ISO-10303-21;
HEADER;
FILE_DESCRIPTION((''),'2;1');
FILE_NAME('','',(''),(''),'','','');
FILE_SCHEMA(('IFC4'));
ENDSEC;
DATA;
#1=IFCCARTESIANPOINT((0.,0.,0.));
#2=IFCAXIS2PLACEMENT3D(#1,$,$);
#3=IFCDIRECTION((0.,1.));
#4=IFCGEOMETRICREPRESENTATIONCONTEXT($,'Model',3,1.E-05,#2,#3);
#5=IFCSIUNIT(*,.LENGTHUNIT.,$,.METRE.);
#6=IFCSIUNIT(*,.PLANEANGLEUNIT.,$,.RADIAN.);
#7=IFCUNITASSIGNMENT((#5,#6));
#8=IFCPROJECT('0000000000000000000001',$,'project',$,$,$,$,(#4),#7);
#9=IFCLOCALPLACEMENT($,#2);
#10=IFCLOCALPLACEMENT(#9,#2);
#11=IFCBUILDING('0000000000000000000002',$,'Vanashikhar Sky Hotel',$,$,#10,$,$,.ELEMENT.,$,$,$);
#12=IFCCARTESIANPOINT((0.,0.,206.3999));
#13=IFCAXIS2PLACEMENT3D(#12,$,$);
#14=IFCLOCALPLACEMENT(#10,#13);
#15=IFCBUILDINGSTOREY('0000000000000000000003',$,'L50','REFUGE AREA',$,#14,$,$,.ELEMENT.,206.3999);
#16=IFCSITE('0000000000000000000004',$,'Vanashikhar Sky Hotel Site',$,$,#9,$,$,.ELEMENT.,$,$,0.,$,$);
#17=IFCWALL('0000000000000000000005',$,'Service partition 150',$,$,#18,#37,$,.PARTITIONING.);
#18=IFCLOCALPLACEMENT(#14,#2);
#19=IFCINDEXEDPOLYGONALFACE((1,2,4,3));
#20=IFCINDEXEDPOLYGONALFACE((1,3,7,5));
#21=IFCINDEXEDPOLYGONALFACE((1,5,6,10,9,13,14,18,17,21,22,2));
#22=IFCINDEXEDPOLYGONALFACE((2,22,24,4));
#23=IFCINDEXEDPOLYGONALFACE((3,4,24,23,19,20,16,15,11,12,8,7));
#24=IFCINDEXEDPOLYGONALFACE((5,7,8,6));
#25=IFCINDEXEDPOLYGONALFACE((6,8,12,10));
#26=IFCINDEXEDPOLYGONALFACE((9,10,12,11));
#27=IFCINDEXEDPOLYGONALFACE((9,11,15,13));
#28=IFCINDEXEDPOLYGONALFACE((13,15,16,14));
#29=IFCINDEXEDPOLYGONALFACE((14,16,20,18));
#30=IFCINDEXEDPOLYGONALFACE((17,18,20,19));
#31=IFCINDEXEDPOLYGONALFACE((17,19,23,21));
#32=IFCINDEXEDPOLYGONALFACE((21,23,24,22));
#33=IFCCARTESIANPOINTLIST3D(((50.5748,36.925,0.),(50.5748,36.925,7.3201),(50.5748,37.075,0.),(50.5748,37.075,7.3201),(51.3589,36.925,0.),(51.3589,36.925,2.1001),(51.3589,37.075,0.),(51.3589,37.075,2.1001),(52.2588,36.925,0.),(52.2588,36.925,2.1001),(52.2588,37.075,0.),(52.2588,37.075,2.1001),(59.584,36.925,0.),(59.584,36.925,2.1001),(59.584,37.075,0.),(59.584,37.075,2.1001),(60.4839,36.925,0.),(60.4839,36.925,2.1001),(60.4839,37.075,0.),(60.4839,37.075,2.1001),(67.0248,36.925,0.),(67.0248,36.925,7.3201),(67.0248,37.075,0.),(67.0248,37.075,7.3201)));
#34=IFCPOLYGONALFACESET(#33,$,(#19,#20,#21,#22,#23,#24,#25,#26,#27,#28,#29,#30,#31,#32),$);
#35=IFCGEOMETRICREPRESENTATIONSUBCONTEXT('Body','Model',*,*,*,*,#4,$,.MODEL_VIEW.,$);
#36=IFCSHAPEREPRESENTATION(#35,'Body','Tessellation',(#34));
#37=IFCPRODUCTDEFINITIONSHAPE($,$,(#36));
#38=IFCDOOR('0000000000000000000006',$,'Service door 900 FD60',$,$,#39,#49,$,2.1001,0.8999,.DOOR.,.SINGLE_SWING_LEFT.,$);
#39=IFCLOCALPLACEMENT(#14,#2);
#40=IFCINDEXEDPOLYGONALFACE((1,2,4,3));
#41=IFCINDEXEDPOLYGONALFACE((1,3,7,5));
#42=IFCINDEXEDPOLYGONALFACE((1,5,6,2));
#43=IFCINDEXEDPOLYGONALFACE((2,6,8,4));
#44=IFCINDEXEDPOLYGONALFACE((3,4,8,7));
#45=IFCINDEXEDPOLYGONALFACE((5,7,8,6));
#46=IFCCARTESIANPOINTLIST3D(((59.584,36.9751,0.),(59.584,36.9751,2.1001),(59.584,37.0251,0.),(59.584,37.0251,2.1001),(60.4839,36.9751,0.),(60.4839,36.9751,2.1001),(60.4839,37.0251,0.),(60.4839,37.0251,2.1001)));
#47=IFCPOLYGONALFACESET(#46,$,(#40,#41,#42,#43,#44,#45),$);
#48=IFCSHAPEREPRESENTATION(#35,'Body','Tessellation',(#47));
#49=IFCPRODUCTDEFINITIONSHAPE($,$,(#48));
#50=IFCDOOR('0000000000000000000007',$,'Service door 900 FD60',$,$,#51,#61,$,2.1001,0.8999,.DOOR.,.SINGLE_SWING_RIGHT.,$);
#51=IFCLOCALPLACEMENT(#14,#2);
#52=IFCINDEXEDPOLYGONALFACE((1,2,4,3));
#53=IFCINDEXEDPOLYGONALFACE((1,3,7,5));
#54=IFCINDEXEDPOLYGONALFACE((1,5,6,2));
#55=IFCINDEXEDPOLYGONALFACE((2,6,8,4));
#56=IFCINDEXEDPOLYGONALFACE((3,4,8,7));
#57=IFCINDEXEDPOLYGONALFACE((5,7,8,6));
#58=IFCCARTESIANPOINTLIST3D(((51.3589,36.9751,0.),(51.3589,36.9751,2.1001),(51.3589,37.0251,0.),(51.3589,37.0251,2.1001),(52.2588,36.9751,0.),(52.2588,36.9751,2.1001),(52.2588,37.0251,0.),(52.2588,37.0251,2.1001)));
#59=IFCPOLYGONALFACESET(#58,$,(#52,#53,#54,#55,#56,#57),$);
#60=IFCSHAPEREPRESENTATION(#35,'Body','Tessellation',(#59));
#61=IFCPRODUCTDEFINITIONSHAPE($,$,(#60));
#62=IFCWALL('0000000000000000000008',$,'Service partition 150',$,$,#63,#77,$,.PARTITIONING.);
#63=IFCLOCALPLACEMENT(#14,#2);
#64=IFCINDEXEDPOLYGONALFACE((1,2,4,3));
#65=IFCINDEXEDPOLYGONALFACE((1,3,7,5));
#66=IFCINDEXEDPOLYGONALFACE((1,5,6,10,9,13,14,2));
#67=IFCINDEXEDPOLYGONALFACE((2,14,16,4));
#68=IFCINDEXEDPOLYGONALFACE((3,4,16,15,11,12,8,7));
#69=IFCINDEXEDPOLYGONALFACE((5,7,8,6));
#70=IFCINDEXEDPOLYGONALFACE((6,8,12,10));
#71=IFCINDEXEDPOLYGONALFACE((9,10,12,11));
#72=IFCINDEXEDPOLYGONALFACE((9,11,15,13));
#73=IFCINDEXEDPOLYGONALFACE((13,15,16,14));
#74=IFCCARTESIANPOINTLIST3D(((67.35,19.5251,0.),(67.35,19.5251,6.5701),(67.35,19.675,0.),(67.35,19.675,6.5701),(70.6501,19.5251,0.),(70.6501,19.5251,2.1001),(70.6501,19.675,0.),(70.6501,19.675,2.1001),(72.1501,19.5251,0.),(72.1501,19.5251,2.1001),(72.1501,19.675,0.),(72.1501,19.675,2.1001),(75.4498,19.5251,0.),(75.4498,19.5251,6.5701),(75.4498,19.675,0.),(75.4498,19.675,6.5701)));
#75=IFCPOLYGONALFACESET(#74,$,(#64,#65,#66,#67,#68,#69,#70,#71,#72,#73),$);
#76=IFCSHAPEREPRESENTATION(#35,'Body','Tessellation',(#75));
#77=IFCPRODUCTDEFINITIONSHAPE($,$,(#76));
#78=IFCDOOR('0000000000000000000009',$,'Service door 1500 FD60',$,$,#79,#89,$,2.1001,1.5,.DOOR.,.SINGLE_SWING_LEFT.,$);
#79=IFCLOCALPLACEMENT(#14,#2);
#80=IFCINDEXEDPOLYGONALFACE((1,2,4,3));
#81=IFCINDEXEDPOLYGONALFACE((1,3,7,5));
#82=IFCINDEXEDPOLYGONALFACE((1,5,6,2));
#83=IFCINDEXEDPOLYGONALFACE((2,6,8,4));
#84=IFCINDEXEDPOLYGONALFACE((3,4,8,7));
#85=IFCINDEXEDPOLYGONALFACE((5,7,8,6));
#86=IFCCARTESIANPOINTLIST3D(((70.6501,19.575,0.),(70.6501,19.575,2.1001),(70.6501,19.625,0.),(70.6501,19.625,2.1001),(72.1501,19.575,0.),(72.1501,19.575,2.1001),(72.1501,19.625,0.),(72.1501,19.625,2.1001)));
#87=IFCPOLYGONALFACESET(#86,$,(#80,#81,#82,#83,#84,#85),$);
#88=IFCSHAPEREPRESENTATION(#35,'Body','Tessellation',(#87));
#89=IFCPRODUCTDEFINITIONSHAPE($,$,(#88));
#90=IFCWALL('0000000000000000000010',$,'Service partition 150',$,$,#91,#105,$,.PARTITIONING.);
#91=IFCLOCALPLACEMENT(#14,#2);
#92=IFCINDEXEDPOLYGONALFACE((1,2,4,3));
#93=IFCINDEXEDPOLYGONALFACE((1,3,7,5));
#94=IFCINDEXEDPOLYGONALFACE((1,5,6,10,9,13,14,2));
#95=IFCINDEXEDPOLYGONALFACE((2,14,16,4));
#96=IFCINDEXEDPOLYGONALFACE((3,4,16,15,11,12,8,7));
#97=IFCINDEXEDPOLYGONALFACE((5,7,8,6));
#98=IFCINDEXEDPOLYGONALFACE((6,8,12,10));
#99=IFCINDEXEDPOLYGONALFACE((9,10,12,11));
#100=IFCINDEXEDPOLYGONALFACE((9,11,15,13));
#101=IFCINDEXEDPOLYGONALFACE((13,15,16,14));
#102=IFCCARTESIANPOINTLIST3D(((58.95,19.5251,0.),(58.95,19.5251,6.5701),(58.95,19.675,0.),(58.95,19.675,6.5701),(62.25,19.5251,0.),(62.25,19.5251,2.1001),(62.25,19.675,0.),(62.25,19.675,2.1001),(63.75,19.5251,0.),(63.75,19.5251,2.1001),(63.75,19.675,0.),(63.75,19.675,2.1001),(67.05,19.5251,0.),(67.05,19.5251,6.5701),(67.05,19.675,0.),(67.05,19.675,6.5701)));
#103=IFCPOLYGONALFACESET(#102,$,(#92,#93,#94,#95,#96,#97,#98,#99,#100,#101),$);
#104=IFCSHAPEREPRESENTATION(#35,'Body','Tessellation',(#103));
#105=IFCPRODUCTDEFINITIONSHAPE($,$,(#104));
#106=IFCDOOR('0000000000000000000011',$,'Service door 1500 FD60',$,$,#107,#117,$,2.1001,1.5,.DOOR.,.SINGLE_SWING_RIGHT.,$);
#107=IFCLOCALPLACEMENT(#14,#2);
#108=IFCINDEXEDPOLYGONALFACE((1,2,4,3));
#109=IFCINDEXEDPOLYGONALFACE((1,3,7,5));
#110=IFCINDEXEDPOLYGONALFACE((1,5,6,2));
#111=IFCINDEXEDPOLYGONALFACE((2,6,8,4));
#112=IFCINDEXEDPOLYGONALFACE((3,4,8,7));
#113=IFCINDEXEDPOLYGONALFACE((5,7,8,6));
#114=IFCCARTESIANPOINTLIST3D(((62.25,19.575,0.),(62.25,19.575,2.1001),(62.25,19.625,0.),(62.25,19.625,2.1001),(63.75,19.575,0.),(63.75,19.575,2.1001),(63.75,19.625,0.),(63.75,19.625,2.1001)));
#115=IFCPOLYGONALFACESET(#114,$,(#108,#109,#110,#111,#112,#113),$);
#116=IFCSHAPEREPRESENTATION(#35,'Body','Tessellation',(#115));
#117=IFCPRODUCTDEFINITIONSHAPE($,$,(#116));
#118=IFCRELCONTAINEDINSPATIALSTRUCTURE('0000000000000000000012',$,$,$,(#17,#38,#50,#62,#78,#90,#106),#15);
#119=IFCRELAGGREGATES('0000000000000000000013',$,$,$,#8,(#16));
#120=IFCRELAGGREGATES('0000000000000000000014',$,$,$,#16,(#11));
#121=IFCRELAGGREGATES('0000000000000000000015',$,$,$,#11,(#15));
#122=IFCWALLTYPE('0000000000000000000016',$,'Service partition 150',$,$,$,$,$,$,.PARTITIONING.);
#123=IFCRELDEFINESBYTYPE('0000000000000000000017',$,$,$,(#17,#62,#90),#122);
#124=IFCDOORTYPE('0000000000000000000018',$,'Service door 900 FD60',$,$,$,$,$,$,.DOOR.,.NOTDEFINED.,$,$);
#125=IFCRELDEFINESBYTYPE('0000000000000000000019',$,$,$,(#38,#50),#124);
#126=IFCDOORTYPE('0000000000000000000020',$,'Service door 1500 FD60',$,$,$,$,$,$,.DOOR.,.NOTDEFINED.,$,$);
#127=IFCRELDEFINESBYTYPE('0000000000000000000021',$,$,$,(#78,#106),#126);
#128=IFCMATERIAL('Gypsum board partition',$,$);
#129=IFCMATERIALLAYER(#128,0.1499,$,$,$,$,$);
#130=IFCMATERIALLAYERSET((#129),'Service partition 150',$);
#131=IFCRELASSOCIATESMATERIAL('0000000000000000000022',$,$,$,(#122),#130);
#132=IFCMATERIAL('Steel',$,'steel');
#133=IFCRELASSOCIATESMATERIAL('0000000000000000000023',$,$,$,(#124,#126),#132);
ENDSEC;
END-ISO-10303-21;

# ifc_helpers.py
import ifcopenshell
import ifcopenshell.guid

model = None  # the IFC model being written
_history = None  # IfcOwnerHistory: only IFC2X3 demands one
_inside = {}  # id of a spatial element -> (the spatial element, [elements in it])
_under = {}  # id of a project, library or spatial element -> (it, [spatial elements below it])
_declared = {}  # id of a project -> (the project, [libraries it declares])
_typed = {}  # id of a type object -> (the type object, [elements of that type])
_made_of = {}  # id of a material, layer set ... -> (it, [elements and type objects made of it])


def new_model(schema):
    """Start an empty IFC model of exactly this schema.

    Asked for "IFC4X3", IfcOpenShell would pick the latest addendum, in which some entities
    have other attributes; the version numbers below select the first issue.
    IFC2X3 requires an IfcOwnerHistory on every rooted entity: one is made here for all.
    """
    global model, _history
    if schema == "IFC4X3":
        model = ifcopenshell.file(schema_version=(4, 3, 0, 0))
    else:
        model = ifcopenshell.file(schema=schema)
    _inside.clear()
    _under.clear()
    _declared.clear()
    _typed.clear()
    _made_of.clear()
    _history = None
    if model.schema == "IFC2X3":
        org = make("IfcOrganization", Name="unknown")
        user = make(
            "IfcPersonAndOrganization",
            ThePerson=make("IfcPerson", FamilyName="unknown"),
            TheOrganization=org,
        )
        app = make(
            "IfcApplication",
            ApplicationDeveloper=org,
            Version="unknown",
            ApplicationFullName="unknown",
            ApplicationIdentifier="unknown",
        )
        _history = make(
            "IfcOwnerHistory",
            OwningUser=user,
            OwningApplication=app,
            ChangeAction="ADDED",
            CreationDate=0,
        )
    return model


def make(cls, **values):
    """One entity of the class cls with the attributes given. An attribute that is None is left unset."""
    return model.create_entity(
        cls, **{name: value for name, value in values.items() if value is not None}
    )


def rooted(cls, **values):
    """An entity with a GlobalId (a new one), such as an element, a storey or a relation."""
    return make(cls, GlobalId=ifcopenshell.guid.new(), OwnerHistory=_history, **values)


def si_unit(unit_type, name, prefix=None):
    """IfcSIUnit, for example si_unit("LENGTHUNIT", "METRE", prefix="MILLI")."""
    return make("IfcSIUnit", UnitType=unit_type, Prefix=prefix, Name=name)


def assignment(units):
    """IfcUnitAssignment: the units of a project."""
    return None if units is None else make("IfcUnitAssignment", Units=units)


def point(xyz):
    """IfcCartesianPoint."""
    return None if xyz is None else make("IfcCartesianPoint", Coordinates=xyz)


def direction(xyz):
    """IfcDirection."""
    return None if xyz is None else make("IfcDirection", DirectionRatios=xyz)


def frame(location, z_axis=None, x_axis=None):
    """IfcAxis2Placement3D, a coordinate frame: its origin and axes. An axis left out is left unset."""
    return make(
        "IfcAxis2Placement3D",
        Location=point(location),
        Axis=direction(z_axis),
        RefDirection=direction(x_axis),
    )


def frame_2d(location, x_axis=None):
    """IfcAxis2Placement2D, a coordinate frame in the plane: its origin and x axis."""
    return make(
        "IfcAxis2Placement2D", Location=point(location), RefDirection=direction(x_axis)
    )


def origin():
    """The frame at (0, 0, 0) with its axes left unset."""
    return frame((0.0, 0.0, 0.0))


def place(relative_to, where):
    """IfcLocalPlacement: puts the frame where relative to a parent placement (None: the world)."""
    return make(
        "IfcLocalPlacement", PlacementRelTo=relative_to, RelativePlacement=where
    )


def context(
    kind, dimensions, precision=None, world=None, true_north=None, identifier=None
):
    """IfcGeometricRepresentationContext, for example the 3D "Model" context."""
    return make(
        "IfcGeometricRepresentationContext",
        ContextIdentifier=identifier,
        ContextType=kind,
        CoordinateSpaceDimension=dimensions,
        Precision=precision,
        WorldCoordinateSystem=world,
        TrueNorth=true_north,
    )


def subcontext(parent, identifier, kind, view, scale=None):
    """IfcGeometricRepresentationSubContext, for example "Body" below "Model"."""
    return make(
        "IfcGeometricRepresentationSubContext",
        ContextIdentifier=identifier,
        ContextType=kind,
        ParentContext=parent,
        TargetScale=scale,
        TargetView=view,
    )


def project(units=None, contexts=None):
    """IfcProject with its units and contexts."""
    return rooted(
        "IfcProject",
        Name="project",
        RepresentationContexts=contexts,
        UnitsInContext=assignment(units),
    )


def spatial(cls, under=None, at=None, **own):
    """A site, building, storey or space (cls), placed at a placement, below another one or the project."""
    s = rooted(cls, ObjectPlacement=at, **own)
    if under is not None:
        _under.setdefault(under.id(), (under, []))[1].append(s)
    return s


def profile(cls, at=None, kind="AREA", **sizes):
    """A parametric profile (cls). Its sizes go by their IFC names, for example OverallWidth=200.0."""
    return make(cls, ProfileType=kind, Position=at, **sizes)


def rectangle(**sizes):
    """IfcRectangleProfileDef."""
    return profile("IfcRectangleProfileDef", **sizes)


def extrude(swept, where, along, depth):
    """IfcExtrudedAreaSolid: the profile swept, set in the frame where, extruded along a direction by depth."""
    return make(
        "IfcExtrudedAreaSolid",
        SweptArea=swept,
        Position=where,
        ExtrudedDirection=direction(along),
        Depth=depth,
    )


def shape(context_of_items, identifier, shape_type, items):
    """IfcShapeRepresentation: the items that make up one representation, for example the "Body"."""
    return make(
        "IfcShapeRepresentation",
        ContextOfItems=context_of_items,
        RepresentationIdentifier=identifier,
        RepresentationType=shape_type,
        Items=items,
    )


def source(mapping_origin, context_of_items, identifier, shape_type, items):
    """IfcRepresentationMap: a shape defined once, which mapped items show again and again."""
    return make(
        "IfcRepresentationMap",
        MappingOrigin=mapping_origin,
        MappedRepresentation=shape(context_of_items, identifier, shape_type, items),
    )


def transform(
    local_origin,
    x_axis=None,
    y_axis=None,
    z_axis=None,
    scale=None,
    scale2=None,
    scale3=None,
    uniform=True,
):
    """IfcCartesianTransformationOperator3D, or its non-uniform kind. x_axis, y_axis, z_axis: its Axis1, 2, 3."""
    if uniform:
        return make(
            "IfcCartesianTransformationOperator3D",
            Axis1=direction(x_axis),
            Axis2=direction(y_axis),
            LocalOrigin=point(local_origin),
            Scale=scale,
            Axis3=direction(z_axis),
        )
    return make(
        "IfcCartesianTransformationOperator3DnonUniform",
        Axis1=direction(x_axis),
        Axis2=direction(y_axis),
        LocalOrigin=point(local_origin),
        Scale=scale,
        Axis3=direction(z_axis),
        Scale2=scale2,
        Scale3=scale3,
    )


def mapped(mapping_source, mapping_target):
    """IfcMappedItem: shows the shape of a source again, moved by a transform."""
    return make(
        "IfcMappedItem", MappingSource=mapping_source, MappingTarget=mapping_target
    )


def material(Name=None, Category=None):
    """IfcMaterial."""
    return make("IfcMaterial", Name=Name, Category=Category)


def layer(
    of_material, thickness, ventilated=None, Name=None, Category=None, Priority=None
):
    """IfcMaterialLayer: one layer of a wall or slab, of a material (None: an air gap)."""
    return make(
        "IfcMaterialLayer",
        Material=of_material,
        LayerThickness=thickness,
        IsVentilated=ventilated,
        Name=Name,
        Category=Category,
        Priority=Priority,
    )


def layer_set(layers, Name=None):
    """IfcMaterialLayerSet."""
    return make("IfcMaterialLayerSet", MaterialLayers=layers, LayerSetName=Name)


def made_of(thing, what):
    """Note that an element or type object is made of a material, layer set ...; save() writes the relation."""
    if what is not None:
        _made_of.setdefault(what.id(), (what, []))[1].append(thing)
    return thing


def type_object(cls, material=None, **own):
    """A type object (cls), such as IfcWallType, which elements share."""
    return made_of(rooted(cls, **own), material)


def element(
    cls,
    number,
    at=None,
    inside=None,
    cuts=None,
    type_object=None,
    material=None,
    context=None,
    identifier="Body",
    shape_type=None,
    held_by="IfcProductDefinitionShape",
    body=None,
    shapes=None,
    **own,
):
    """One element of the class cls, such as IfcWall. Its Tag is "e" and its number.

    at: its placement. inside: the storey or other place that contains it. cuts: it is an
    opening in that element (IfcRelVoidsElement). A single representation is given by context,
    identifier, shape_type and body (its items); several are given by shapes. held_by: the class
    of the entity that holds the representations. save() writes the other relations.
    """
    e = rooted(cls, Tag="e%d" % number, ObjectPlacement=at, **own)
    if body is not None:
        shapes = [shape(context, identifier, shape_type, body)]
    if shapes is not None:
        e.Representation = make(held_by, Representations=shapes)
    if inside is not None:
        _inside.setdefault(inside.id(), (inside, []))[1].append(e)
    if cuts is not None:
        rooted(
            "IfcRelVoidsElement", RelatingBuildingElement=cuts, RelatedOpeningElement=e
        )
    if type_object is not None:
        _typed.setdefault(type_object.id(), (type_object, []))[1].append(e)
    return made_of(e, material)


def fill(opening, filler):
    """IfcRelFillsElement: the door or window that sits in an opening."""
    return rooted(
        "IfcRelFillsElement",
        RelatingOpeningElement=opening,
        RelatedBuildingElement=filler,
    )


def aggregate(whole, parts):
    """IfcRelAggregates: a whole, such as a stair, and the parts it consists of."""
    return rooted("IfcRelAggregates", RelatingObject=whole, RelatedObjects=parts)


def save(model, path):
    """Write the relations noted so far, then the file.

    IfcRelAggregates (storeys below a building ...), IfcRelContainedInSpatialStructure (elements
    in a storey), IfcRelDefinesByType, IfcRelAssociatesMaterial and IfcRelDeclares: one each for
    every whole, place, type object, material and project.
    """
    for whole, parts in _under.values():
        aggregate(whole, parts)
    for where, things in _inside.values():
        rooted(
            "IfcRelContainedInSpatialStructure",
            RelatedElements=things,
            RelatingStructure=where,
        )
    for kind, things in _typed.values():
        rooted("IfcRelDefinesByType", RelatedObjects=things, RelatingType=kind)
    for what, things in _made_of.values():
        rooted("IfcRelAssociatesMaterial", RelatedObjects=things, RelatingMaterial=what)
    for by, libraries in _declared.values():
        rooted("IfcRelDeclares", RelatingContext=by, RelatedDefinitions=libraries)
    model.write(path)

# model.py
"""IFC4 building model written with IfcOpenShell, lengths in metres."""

from ifc_helpers import new_model, si_unit, direction, frame, frame_2d, origin, place, context, subcontext, project, spatial, rectangle, extrude, source, transform, mapped, material, layer, layer_set, type_object, element, fill, save


model = new_model("IFC4")

# Units and contexts
model_context = context("Model", 3, precision=1e-05, world=origin(), true_north=direction((0.0, 1.0)))
body_context = subcontext(model_context, "Body", "Model", "MODEL_VIEW")
ifc_project = project(units=[si_unit("LENGTHUNIT", "METRE"), si_unit("PLANEANGLEUNIT", "RADIAN")], contexts=[model_context])

# Site, building, storey
site_placement = place(None, origin())
site = spatial("IfcSite", under=ifc_project, at=site_placement, Name="Vanashikhar Sky Hotel Site", CompositionType="ELEMENT", RefElevation=0.0)
building_placement = place(site_placement, origin())
building = spatial("IfcBuilding", under=site, at=building_placement, Name="Vanashikhar Sky Hotel", CompositionType="ELEMENT")
storey_placement = place(building_placement, frame((0.0, 0.0, 206.3999)))
storey = spatial("IfcBuildingStorey", under=building, at=storey_placement, Name="L50", Description="REFUGE AREA", CompositionType="ELEMENT", Elevation=206.3999)

# Shared definitions
ifc_material_1 = material(Name="Gypsum board partition")
ifc_layer_1 = layer(ifc_material_1, 0.1499)
ifc_layer_set_1 = layer_set([ifc_layer_1], Name="Service partition 150")
wall_type_1 = type_object("IfcWallType", Name="Service partition 150", PredefinedType="PARTITIONING", material=ifc_layer_set_1)

# Wall, openings, doors
shared_shape_1 = source(origin(), body_context, "Body", "SweptSolid", [
    extrude(rectangle(XDim=0.8999, YDim=2.1001, at=frame_2d((0.45, 1.05))), frame((0.0, 0.085, 0.0), z_axis=(0.0, -1.0, 0.0), x_axis=(1.0, 0.0, 0.0)), (0.0, 0.0, 1.0), 0.1699),
])
ifc_material_2 = material(Name="Steel", Category="steel")
door_type_1 = type_object("IfcDoorType", Name="Service door 900 FD60", OperationType="NOTDEFINED", PredefinedType="DOOR", material=ifc_material_2)
shared_shape_2 = source(origin(), body_context, "Body", "SweptSolid", [
    extrude(rectangle(XDim=0.8999, YDim=2.1001, at=frame_2d((0.45, 1.05))), frame((0.0, 0.0249, 0.0), z_axis=(0.0, -1.0, 0.0), x_axis=(1.0, 0.0, 0.0)), (0.0, 0.0, 1.0), 0.05),
])
shared_shape_3 = source(origin(), body_context, "Body", "SweptSolid", [
    extrude(rectangle(XDim=16.45, YDim=0.1499, at=frame_2d((8.2251, 0.0))), origin(), (0.0, 0.0, 1.0), 7.3201),
])
wall_1_placement = place(storey_placement, frame((67.0249, 37.0, 0.0), z_axis=(0.0, 0.0, 1.0), x_axis=(-1.0, 0.0, 0.0)))
wall_1 = element("IfcWall", 1, at=wall_1_placement, inside=storey, type_object=wall_type_1, Name="Service partition 150", PredefinedType="PARTITIONING", context=body_context, shape_type="MappedRepresentation", body=[
    mapped(shared_shape_3, transform((0.0, 0.0, 0.0), scale=1.0)),
])
opening_1_placement = place(wall_1_placement, frame((6.541, 0.0, 0.0)))
opening_1 = element("IfcOpeningElement", 2, at=opening_1_placement, cuts=wall_1, PredefinedType="OPENING", context=body_context, shape_type="MappedRepresentation", body=[
    mapped(shared_shape_1, transform((0.0, 0.0, 0.0), scale=1.0)),
])
opening_2_placement = place(wall_1_placement, frame((14.7661, 0.0, 0.0)))
opening_2 = element("IfcOpeningElement", 3, at=opening_2_placement, cuts=wall_1, PredefinedType="OPENING", context=body_context, shape_type="MappedRepresentation", body=[
    mapped(shared_shape_1, transform((0.0, 0.0, 0.0), scale=1.0)),
])
door_1_placement = place(opening_1_placement, origin())
door_1 = element("IfcDoor", 4, at=door_1_placement, inside=storey, type_object=door_type_1, Name="Service door 900 FD60", OperationType="SINGLE_SWING_LEFT", OverallHeight=2.1001, OverallWidth=0.8999, PredefinedType="DOOR", context=body_context, shape_type="MappedRepresentation", body=[
    mapped(shared_shape_2, transform((0.0, 0.0, 0.0), scale=1.0)),
])
fill(opening_1, door_1)
door_2_placement = place(opening_2_placement, origin())
door_2 = element("IfcDoor", 5, at=door_2_placement, inside=storey, type_object=door_type_1, Name="Service door 900 FD60", OperationType="SINGLE_SWING_RIGHT", OverallHeight=2.1001, OverallWidth=0.8999, PredefinedType="DOOR", context=body_context, shape_type="MappedRepresentation", body=[
    mapped(shared_shape_2, transform((0.0, 0.0, 0.0), scale=1.0)),
])
fill(opening_2, door_2)

# Walls, openings, doors
shared_shape_4 = source(origin(), body_context, "Body", "SweptSolid", [
    extrude(rectangle(XDim=8.0999, YDim=0.1499, at=frame_2d((4.0498, 0.0))), origin(), (0.0, 0.0, 1.0), 6.5701),
])
wall_2_placement = place(storey_placement, frame((67.3501, 19.6001, 0.0), z_axis=(0.0, 0.0, 1.0), x_axis=(1.0, 0.0, 0.0)))
wall_2 = element("IfcWall", 6, at=wall_2_placement, inside=storey, type_object=wall_type_1, Name="Service partition 150", PredefinedType="PARTITIONING", context=body_context, shape_type="MappedRepresentation", body=[
    mapped(shared_shape_4, transform((0.0, 0.0, 0.0), scale=1.0)),
])
shared_shape_5 = source(origin(), body_context, "Body", "SweptSolid", [
    extrude(rectangle(XDim=1.5, YDim=2.1001, at=frame_2d((0.75, 1.05))), frame((0.0, 0.085, 0.0), z_axis=(0.0, -1.0, 0.0), x_axis=(1.0, 0.0, 0.0)), (0.0, 0.0, 1.0), 0.1699),
])
opening_3_placement = place(wall_2_placement, frame((3.3, 0.0, 0.0)))
opening_3 = element("IfcOpeningElement", 7, at=opening_3_placement, cuts=wall_2, PredefinedType="OPENING", context=body_context, shape_type="MappedRepresentation", body=[
    mapped(shared_shape_5, transform((0.0, 0.0, 0.0), scale=1.0)),
])
door_type_2 = type_object("IfcDoorType", Name="Service door 1500 FD60", OperationType="NOTDEFINED", PredefinedType="DOOR", material=ifc_material_2)
shared_shape_6 = source(origin(), body_context, "Body", "SweptSolid", [
    extrude(rectangle(XDim=1.5, YDim=2.1001, at=frame_2d((0.75, 1.05))), frame((0.0, 0.0249, 0.0), z_axis=(0.0, -1.0, 0.0), x_axis=(1.0, 0.0, 0.0)), (0.0, 0.0, 1.0), 0.05),
])
door_3_placement = place(opening_3_placement, origin())
door_3 = element("IfcDoor", 8, at=door_3_placement, inside=storey, type_object=door_type_2, Name="Service door 1500 FD60", OperationType="SINGLE_SWING_LEFT", OverallHeight=2.1001, OverallWidth=1.5, PredefinedType="DOOR", context=body_context, shape_type="MappedRepresentation", body=[
    mapped(shared_shape_6, transform((0.0, 0.0, 0.0), scale=1.0)),
])
fill(opening_3, door_3)
shared_shape_7 = source(origin(), body_context, "Body", "SweptSolid", [
    extrude(rectangle(XDim=8.1001, YDim=0.1499, at=frame_2d((4.05, 0.0))), origin(), (0.0, 0.0, 1.0), 6.5701),
])
wall_3_placement = place(storey_placement, frame((58.95, 19.6001, 0.0), z_axis=(0.0, 0.0, 1.0), x_axis=(1.0, 0.0, 0.0)))
wall_3 = element("IfcWall", 9, at=wall_3_placement, inside=storey, type_object=wall_type_1, Name="Service partition 150", PredefinedType="PARTITIONING", context=body_context, shape_type="MappedRepresentation", body=[
    mapped(shared_shape_7, transform((0.0, 0.0, 0.0), scale=1.0)),
])
opening_4_placement = place(wall_3_placement, frame((3.3, 0.0, 0.0)))
opening_4 = element("IfcOpeningElement", 10, at=opening_4_placement, cuts=wall_3, PredefinedType="OPENING", context=body_context, shape_type="MappedRepresentation", body=[
    mapped(shared_shape_5, transform((0.0, 0.0, 0.0), scale=1.0)),
])
door_4_placement = place(opening_4_placement, origin())
door_4 = element("IfcDoor", 11, at=door_4_placement, inside=storey, type_object=door_type_2, Name="Service door 1500 FD60", OperationType="SINGLE_SWING_RIGHT", OverallHeight=2.1001, OverallWidth=1.5, PredefinedType="DOOR", context=body_context, shape_type="MappedRepresentation", body=[
    mapped(shared_shape_6, transform((0.0, 0.0, 0.0), scale=1.0)),
])
fill(opening_4, door_4)

save(model, "model.ifc")
